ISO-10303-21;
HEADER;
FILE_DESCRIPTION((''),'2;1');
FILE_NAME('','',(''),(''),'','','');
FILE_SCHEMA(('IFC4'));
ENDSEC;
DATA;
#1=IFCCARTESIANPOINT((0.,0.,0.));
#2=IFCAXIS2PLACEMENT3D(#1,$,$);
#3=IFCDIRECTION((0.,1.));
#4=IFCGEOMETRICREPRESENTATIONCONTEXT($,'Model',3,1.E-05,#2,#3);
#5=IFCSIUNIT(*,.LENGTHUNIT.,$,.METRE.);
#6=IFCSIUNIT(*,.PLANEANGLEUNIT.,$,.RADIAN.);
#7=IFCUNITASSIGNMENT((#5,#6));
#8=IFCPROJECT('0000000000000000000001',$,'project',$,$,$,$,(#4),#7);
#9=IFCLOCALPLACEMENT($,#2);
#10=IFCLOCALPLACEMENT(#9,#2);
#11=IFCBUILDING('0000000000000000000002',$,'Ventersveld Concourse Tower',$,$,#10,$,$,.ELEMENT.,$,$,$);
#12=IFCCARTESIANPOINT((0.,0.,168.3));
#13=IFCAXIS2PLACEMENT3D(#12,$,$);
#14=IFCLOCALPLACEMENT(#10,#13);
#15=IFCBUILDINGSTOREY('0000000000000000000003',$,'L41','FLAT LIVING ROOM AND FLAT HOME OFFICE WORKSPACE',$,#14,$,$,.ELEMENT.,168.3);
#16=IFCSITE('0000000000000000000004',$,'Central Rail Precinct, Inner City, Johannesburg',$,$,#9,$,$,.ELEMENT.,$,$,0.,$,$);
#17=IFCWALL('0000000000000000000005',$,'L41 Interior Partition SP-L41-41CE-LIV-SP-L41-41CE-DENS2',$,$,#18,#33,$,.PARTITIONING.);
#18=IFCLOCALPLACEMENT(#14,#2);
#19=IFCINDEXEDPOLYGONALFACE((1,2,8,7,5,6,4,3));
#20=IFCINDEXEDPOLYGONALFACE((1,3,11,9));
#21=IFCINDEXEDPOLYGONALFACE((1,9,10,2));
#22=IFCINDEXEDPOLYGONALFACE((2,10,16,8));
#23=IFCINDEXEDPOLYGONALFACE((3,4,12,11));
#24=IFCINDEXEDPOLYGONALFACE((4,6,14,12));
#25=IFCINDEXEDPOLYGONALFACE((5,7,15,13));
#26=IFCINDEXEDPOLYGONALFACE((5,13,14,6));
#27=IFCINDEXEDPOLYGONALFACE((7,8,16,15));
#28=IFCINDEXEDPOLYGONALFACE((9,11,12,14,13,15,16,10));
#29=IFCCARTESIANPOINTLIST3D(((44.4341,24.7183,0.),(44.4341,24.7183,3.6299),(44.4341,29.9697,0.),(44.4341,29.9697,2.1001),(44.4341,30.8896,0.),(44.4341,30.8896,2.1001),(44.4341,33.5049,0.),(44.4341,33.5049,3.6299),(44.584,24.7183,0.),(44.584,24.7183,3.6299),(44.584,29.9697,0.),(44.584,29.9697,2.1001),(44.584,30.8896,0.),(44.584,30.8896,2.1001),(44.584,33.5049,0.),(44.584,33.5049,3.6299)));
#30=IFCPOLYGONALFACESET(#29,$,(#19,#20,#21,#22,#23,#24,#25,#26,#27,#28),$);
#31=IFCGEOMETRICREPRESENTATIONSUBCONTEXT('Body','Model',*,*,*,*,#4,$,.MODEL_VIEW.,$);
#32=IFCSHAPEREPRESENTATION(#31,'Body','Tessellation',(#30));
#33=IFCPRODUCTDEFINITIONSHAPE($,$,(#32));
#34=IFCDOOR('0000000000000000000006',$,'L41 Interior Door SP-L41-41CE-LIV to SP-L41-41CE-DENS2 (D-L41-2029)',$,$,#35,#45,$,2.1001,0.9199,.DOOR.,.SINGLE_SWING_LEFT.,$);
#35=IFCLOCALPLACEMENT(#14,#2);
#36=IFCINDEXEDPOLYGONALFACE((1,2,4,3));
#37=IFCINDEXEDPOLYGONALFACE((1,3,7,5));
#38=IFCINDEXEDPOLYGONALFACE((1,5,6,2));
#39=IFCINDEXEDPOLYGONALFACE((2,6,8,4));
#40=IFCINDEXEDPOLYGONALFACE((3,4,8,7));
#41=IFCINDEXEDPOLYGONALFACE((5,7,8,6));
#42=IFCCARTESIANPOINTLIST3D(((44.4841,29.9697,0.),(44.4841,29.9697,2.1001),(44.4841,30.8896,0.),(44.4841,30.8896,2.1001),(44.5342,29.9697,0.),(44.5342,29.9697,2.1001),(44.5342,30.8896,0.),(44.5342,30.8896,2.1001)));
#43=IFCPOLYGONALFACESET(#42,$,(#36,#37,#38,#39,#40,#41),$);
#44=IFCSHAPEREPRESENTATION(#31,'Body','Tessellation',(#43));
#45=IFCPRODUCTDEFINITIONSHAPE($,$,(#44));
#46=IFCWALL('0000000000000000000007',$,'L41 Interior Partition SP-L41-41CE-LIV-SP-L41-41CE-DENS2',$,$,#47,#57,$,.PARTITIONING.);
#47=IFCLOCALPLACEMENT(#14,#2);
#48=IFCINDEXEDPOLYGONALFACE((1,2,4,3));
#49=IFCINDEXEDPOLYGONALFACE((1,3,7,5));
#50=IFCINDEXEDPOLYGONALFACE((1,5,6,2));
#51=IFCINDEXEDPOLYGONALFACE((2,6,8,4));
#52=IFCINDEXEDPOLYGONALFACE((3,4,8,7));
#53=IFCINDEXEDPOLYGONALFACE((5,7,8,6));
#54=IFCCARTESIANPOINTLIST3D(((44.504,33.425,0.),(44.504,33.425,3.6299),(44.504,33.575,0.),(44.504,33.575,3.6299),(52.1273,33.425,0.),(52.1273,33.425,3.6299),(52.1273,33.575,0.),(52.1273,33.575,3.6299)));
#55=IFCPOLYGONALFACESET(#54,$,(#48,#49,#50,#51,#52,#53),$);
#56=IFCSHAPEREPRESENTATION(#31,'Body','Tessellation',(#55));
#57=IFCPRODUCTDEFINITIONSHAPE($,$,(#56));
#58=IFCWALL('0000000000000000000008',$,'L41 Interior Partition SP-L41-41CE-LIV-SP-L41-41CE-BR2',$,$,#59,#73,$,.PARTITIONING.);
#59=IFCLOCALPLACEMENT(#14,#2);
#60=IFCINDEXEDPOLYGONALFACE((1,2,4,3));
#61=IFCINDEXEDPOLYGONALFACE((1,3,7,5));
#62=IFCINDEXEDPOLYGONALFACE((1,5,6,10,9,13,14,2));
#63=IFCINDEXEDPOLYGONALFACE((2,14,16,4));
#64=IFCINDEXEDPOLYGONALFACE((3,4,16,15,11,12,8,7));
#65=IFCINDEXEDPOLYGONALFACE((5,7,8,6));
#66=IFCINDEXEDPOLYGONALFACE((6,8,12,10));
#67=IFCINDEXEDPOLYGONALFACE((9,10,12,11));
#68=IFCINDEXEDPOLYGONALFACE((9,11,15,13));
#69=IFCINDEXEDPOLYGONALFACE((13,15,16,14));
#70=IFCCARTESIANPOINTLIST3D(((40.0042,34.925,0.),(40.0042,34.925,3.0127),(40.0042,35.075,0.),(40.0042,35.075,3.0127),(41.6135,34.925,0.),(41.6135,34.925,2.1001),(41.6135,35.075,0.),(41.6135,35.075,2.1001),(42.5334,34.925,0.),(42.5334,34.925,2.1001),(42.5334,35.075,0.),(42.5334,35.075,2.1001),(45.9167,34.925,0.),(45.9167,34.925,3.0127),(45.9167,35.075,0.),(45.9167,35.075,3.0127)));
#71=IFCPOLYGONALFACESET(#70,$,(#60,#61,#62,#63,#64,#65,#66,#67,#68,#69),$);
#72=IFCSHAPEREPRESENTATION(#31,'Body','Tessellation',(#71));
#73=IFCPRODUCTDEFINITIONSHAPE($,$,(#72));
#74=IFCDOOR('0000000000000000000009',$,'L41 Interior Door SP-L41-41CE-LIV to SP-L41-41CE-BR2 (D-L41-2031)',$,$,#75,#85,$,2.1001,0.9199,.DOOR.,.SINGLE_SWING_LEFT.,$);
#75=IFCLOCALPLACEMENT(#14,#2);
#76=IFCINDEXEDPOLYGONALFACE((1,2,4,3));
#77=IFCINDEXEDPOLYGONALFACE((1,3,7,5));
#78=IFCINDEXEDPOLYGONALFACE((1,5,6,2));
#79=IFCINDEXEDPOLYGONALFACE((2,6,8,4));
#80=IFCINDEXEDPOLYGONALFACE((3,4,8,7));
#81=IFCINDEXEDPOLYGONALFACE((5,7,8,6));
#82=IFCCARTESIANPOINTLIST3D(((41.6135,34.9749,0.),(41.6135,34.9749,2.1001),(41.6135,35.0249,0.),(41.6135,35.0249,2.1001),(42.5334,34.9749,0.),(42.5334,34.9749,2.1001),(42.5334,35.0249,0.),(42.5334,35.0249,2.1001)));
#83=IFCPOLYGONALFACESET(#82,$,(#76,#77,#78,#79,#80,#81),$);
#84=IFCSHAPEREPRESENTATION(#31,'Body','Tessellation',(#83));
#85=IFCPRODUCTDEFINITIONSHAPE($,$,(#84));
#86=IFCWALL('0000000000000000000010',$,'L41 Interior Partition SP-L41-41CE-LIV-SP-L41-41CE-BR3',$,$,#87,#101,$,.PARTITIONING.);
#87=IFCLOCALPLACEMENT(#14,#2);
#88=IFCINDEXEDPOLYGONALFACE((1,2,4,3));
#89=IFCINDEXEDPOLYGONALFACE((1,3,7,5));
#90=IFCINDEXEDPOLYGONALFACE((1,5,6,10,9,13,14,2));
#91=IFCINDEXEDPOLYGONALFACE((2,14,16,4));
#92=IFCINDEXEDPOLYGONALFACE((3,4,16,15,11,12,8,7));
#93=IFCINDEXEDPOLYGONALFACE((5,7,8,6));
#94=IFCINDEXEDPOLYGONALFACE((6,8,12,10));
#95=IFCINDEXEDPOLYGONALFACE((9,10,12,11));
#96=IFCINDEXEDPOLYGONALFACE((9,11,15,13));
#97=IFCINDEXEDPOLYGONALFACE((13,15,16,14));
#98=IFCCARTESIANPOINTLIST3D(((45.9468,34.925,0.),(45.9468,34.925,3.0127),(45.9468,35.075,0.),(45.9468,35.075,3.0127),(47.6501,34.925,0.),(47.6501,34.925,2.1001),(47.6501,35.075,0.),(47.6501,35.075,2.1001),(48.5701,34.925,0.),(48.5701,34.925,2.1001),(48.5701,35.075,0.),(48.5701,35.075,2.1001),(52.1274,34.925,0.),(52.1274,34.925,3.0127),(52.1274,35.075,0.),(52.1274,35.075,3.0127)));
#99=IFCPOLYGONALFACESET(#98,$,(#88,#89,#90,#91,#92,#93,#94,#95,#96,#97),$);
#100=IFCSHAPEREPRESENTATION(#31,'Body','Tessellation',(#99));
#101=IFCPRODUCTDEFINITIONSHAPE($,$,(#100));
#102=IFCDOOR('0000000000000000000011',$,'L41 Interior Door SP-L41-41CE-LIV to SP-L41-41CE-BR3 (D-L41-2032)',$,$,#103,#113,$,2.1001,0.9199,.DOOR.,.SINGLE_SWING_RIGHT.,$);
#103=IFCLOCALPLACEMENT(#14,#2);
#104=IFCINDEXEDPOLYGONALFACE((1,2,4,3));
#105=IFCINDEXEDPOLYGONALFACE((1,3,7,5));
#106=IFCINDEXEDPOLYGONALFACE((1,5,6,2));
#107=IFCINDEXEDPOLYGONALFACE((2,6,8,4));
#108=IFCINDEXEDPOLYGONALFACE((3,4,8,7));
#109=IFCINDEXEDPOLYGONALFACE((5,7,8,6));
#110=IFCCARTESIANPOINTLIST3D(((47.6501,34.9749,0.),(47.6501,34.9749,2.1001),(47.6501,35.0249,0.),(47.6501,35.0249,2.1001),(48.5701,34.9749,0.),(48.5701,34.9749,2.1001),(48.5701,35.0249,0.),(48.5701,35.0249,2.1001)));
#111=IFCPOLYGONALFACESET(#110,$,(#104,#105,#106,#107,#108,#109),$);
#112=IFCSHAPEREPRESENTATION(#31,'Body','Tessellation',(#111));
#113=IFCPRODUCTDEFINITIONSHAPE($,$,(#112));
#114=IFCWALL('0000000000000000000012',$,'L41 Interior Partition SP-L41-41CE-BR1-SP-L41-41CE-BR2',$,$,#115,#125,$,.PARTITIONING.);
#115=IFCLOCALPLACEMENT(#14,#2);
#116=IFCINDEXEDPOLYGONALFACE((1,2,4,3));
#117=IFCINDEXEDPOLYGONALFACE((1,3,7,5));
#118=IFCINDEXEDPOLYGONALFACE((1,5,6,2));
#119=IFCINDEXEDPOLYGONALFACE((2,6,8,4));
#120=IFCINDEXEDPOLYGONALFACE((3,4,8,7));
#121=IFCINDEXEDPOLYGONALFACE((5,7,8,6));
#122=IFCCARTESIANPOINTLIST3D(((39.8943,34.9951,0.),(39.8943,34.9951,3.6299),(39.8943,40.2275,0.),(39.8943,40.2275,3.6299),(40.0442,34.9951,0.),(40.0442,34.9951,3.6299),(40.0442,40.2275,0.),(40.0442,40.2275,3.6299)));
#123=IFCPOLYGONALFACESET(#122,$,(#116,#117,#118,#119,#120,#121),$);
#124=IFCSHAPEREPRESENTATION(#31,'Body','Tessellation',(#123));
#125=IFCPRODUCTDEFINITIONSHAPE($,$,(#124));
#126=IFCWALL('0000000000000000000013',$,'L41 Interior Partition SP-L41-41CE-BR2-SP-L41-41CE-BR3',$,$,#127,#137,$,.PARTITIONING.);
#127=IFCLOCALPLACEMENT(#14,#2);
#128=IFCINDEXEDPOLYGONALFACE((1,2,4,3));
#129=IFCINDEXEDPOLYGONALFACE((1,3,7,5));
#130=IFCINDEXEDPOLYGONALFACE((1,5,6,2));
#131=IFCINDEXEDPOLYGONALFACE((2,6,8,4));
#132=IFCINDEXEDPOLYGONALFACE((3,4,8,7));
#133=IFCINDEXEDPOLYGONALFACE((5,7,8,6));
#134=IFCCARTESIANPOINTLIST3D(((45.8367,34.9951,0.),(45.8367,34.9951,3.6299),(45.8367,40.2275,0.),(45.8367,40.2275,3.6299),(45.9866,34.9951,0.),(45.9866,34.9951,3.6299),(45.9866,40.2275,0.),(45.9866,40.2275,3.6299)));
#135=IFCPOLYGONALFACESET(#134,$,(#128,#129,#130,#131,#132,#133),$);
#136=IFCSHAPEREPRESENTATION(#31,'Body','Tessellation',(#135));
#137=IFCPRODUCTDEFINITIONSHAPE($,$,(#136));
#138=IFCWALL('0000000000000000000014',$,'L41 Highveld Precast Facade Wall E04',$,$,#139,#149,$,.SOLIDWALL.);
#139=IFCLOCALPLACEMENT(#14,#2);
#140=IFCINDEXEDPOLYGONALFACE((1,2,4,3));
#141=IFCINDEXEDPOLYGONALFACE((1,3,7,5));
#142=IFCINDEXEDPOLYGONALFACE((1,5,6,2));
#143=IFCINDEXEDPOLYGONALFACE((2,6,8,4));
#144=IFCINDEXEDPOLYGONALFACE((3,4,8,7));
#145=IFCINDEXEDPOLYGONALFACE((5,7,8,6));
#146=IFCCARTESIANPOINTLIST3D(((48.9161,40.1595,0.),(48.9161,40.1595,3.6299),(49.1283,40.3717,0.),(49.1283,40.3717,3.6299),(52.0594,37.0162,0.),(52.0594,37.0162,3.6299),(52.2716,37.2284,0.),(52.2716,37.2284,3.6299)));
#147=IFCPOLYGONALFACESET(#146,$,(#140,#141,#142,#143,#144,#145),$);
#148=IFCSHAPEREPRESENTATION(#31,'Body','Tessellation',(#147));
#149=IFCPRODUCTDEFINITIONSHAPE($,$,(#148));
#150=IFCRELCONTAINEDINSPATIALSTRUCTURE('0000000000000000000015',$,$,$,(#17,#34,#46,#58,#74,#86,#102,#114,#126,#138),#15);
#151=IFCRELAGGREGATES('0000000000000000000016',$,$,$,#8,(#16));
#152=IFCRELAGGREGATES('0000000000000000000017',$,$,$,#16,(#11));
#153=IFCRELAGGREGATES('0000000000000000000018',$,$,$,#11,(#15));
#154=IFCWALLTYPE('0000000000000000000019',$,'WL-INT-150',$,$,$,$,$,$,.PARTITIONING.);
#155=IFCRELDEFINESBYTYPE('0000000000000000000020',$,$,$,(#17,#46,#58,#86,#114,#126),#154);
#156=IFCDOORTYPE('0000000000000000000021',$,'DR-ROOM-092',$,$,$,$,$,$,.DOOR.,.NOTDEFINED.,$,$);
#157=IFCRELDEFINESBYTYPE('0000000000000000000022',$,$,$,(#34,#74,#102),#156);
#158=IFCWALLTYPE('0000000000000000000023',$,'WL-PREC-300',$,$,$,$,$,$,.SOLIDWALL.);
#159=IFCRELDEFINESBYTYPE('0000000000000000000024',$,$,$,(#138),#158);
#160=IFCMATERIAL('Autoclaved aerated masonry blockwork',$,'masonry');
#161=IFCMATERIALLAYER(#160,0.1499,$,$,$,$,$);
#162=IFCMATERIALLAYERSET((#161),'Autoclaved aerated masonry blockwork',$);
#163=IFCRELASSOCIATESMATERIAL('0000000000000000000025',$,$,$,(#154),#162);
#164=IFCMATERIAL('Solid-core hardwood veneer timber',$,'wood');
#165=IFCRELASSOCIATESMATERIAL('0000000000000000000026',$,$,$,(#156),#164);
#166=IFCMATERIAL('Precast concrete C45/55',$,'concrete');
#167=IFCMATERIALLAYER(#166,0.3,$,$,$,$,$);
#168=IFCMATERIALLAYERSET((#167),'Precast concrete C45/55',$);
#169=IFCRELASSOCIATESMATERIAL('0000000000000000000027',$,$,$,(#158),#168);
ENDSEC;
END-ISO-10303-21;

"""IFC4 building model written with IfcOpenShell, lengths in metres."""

from ifc_helpers import new_model, si_unit, direction, frame, frame_2d, origin, place, context, subcontext, project, spatial, rectangle, extrude, material, layer, layer_set, type_object, element, fill, save


model = new_model("IFC4")

# Units and contexts
model_context = context("Model", 3, precision=1e-05, world=origin(), true_north=direction((0.0, 1.0)))
body_context = subcontext(model_context, "Body", "Model", "MODEL_VIEW")
ifc_project = project(units=[si_unit("LENGTHUNIT", "METRE"), si_unit("PLANEANGLEUNIT", "RADIAN")], contexts=[model_context])

# Site, building, storey
site_placement = place(None, origin())
site = spatial("IfcSite", under=ifc_project, at=site_placement, Name="Central Rail Precinct, Inner City, Johannesburg", CompositionType="ELEMENT", RefElevation=0.0)
building_placement = place(site_placement, origin())
building = spatial("IfcBuilding", under=site, at=building_placement, Name="Ventersveld Concourse Tower", CompositionType="ELEMENT")
storey_placement = place(building_placement, frame((0.0, 0.0, 168.3)))
storey = spatial("IfcBuildingStorey", under=building, at=storey_placement, Name="L41", Description="FLAT LIVING ROOM AND FLAT HOME OFFICE WORKSPACE", CompositionType="ELEMENT", Elevation=168.3)

# Wall, opening, door
ifc_material_1 = material(Name="Autoclaved aerated masonry blockwork", Category="masonry")
ifc_layer_1 = layer(ifc_material_1, 0.1499)
ifc_layer_set_1 = layer_set([ifc_layer_1], Name="Autoclaved aerated masonry blockwork")
wall_type_1 = type_object("IfcWallType", Name="WL-INT-150", PredefinedType="PARTITIONING", material=ifc_layer_set_1)
ifc_material_2 = material(Name="Solid-core hardwood veneer timber", Category="wood")
door_type = type_object("IfcDoorType", Name="DR-ROOM-092", OperationType="NOTDEFINED", PredefinedType="DOOR", material=ifc_material_2)
wall_1_placement = place(storey_placement, frame((44.509, 24.7183, 0.0), z_axis=(0.0, 0.0, 1.0), x_axis=(0.0, 1.0, 0.0)))
wall_1 = element("IfcWall", 1, at=wall_1_placement, inside=storey, type_object=wall_type_1, Name="L41 Interior Partition SP-L41-41CE-LIV-SP-L41-41CE-DENS2", PredefinedType="PARTITIONING", context=body_context, shape_type="SweptSolid", body=[
    extrude(rectangle(XDim=8.7866, YDim=0.1499, at=frame_2d((4.3933, 0.0))), origin(), (0.0, 0.0, 1.0), 3.6299),
])
opening_1_placement = place(wall_1_placement, frame((5.2515, 0.0, 0.0)))
opening_1 = element("IfcOpeningElement", 2, at=opening_1_placement, cuts=wall_1, PredefinedType="OPENING", context=body_context, shape_type="SweptSolid", body=[
    extrude(rectangle(XDim=0.9199, YDim=2.1001, at=frame_2d((0.46, 1.05))), frame((0.0, 0.085, 0.0), z_axis=(0.0, -1.0, 0.0), x_axis=(1.0, 0.0, 0.0)), (0.0, 0.0, 1.0), 0.1699),
])
door_1_placement = place(opening_1_placement, origin())
door_1 = element("IfcDoor", 3, at=door_1_placement, inside=storey, type_object=door_type, Name="L41 Interior Door SP-L41-41CE-LIV to SP-L41-41CE-DENS2 (D-L41-2029)", OperationType="SINGLE_SWING_LEFT", OverallHeight=2.1001, OverallWidth=0.9199, PredefinedType="DOOR", context=body_context, shape_type="SweptSolid", body=[
    extrude(rectangle(XDim=0.9199, YDim=2.1001, at=frame_2d((0.46, 1.05))), frame((0.0, 0.0249, 0.0), z_axis=(0.0, -1.0, 0.0), x_axis=(1.0, 0.0, 0.0)), (0.0, 0.0, 1.0), 0.05),
])
fill(opening_1, door_1)

# Wall
wall_2_placement = place(storey_placement, frame((44.5042, 33.5, 0.0), z_axis=(0.0, 0.0, 1.0), x_axis=(1.0, 0.0, 0.0)))
element("IfcWall", 4, at=wall_2_placement, inside=storey, type_object=wall_type_1, Name="L41 Interior Partition SP-L41-41CE-LIV-SP-L41-41CE-DENS2", PredefinedType="PARTITIONING", context=body_context, shape_type="SweptSolid", body=[
    extrude(rectangle(XDim=7.6233, YDim=0.1499, at=frame_2d((3.8115, 0.0))), origin(), (0.0, 0.0, 1.0), 3.6299),
])

# Walls, openings, doors
wall_3_placement = place(storey_placement, frame((40.0042, 35.0, 0.0), z_axis=(0.0, 0.0, 1.0), x_axis=(1.0, 0.0, 0.0)))
wall_3 = element("IfcWall", 5, at=wall_3_placement, inside=storey, type_object=wall_type_1, Name="L41 Interior Partition SP-L41-41CE-LIV-SP-L41-41CE-BR2", PredefinedType="PARTITIONING", context=body_context, shape_type="SweptSolid", body=[
    extrude(rectangle(XDim=5.9126, YDim=0.1499, at=frame_2d((2.9563, 0.0))), origin(), (0.0, 0.0, 1.0), 3.0127),
])
opening_2_placement = place(wall_3_placement, frame((1.6094, 0.0, 0.0)))
opening_2 = element("IfcOpeningElement", 6, at=opening_2_placement, cuts=wall_3, PredefinedType="OPENING", context=body_context, shape_type="SweptSolid", body=[
    extrude(rectangle(XDim=0.9199, YDim=2.1001, at=frame_2d((0.46, 1.05))), frame((0.0, 0.085, 0.0), z_axis=(0.0, -1.0, 0.0), x_axis=(1.0, 0.0, 0.0)), (0.0, 0.0, 1.0), 0.1699),
])
door_2_placement = place(opening_2_placement, origin())
door_2 = element("IfcDoor", 7, at=door_2_placement, inside=storey, type_object=door_type, Name="L41 Interior Door SP-L41-41CE-LIV to SP-L41-41CE-BR2 (D-L41-2031)", OperationType="SINGLE_SWING_LEFT", OverallHeight=2.1001, OverallWidth=0.9199, PredefinedType="DOOR", context=body_context, shape_type="SweptSolid", body=[
    extrude(rectangle(XDim=0.9199, YDim=2.1001, at=frame_2d((0.46, 1.05))), frame((0.0, 0.0249, 0.0), z_axis=(0.0, -1.0, 0.0), x_axis=(1.0, 0.0, 0.0)), (0.0, 0.0, 1.0), 0.05),
])
fill(opening_2, door_2)
wall_4_placement = place(storey_placement, frame((45.9468, 35.0, 0.0), z_axis=(0.0, 0.0, 1.0), x_axis=(1.0, 0.0, 0.0)))
wall_4 = element("IfcWall", 8, at=wall_4_placement, inside=storey, type_object=wall_type_1, Name="L41 Interior Partition SP-L41-41CE-LIV-SP-L41-41CE-BR3", PredefinedType="PARTITIONING", context=body_context, shape_type="SweptSolid", body=[
    extrude(rectangle(XDim=6.1807, YDim=0.1499, at=frame_2d((3.0903, 0.0))), origin(), (0.0, 0.0, 1.0), 3.0127),
])
opening_3_placement = place(wall_4_placement, frame((1.7034, 0.0, 0.0)))
opening_3 = element("IfcOpeningElement", 9, at=opening_3_placement, cuts=wall_4, PredefinedType="OPENING", context=body_context, shape_type="SweptSolid", body=[
    extrude(rectangle(XDim=0.9199, YDim=2.1001, at=frame_2d((0.46, 1.05))), frame((0.0, 0.085, 0.0), z_axis=(0.0, -1.0, 0.0), x_axis=(1.0, 0.0, 0.0)), (0.0, 0.0, 1.0), 0.1699),
])
door_3_placement = place(opening_3_placement, origin())
door_3 = element("IfcDoor", 10, at=door_3_placement, inside=storey, type_object=door_type, Name="L41 Interior Door SP-L41-41CE-LIV to SP-L41-41CE-BR3 (D-L41-2032)", OperationType="SINGLE_SWING_RIGHT", OverallHeight=2.1001, OverallWidth=0.9199, PredefinedType="DOOR", context=body_context, shape_type="SweptSolid", body=[
    extrude(rectangle(XDim=0.9199, YDim=2.1001, at=frame_2d((0.46, 1.05))), frame((0.0, 0.0249, 0.0), z_axis=(0.0, -1.0, 0.0), x_axis=(1.0, 0.0, 0.0)), (0.0, 0.0, 1.0), 0.05),
])
fill(opening_3, door_3)

# Walls
for number, where, z_axis, x_axis, name in (
    (11, (39.9692, 34.9951, 0.0), (0.0, 0.0, 1.0), (0.0, 1.0, 0.0), "L41 Interior Partition SP-L41-41CE-BR1-SP-L41-41CE-BR2"),
    (12, (45.9116, 34.9951, 0.0), (0.0, 0.0, 1.0), (0.0, 1.0, 0.0), "L41 Interior Partition SP-L41-41CE-BR2-SP-L41-41CE-BR3"),
):
    element("IfcWall", number, at=place(storey_placement, frame(where, z_axis=z_axis, x_axis=x_axis)), inside=storey, type_object=wall_type_1, Name=name, PredefinedType="PARTITIONING", context=body_context, shape_type="SweptSolid", body=[
        extrude(rectangle(XDim=5.2324, YDim=0.1499, at=frame_2d((2.6162, 0.0))), origin(), (0.0, 0.0, 1.0), 3.6299),
    ])
ifc_material_3 = material(Name="Precast concrete C45/55", Category="concrete")
ifc_layer_2 = layer(ifc_material_3, 0.3)
ifc_layer_set_2 = layer_set([ifc_layer_2], Name="Precast concrete C45/55")
wall_type_2 = type_object("IfcWallType", Name="WL-PREC-300", PredefinedType="SOLIDWALL", material=ifc_layer_set_2)
wall_5_placement = place(storey_placement, frame((52.1655, 37.1223, 0.0), z_axis=(0.0, 0.0, 1.0), x_axis=(-0.707107, 0.707107, 0.0)))
element("IfcWall", 13, at=wall_5_placement, inside=storey, type_object=wall_type_2, Name="L41 Highveld Precast Facade Wall E04", PredefinedType="SOLIDWALL", context=body_context, shape_type="SweptSolid", body=[
    extrude(rectangle(XDim=4.4453, YDim=0.3, at=frame_2d((2.2227, 0.0))), origin(), (0.0, 0.0, 1.0), 3.6299),
])

save(model, "model.ifc")
